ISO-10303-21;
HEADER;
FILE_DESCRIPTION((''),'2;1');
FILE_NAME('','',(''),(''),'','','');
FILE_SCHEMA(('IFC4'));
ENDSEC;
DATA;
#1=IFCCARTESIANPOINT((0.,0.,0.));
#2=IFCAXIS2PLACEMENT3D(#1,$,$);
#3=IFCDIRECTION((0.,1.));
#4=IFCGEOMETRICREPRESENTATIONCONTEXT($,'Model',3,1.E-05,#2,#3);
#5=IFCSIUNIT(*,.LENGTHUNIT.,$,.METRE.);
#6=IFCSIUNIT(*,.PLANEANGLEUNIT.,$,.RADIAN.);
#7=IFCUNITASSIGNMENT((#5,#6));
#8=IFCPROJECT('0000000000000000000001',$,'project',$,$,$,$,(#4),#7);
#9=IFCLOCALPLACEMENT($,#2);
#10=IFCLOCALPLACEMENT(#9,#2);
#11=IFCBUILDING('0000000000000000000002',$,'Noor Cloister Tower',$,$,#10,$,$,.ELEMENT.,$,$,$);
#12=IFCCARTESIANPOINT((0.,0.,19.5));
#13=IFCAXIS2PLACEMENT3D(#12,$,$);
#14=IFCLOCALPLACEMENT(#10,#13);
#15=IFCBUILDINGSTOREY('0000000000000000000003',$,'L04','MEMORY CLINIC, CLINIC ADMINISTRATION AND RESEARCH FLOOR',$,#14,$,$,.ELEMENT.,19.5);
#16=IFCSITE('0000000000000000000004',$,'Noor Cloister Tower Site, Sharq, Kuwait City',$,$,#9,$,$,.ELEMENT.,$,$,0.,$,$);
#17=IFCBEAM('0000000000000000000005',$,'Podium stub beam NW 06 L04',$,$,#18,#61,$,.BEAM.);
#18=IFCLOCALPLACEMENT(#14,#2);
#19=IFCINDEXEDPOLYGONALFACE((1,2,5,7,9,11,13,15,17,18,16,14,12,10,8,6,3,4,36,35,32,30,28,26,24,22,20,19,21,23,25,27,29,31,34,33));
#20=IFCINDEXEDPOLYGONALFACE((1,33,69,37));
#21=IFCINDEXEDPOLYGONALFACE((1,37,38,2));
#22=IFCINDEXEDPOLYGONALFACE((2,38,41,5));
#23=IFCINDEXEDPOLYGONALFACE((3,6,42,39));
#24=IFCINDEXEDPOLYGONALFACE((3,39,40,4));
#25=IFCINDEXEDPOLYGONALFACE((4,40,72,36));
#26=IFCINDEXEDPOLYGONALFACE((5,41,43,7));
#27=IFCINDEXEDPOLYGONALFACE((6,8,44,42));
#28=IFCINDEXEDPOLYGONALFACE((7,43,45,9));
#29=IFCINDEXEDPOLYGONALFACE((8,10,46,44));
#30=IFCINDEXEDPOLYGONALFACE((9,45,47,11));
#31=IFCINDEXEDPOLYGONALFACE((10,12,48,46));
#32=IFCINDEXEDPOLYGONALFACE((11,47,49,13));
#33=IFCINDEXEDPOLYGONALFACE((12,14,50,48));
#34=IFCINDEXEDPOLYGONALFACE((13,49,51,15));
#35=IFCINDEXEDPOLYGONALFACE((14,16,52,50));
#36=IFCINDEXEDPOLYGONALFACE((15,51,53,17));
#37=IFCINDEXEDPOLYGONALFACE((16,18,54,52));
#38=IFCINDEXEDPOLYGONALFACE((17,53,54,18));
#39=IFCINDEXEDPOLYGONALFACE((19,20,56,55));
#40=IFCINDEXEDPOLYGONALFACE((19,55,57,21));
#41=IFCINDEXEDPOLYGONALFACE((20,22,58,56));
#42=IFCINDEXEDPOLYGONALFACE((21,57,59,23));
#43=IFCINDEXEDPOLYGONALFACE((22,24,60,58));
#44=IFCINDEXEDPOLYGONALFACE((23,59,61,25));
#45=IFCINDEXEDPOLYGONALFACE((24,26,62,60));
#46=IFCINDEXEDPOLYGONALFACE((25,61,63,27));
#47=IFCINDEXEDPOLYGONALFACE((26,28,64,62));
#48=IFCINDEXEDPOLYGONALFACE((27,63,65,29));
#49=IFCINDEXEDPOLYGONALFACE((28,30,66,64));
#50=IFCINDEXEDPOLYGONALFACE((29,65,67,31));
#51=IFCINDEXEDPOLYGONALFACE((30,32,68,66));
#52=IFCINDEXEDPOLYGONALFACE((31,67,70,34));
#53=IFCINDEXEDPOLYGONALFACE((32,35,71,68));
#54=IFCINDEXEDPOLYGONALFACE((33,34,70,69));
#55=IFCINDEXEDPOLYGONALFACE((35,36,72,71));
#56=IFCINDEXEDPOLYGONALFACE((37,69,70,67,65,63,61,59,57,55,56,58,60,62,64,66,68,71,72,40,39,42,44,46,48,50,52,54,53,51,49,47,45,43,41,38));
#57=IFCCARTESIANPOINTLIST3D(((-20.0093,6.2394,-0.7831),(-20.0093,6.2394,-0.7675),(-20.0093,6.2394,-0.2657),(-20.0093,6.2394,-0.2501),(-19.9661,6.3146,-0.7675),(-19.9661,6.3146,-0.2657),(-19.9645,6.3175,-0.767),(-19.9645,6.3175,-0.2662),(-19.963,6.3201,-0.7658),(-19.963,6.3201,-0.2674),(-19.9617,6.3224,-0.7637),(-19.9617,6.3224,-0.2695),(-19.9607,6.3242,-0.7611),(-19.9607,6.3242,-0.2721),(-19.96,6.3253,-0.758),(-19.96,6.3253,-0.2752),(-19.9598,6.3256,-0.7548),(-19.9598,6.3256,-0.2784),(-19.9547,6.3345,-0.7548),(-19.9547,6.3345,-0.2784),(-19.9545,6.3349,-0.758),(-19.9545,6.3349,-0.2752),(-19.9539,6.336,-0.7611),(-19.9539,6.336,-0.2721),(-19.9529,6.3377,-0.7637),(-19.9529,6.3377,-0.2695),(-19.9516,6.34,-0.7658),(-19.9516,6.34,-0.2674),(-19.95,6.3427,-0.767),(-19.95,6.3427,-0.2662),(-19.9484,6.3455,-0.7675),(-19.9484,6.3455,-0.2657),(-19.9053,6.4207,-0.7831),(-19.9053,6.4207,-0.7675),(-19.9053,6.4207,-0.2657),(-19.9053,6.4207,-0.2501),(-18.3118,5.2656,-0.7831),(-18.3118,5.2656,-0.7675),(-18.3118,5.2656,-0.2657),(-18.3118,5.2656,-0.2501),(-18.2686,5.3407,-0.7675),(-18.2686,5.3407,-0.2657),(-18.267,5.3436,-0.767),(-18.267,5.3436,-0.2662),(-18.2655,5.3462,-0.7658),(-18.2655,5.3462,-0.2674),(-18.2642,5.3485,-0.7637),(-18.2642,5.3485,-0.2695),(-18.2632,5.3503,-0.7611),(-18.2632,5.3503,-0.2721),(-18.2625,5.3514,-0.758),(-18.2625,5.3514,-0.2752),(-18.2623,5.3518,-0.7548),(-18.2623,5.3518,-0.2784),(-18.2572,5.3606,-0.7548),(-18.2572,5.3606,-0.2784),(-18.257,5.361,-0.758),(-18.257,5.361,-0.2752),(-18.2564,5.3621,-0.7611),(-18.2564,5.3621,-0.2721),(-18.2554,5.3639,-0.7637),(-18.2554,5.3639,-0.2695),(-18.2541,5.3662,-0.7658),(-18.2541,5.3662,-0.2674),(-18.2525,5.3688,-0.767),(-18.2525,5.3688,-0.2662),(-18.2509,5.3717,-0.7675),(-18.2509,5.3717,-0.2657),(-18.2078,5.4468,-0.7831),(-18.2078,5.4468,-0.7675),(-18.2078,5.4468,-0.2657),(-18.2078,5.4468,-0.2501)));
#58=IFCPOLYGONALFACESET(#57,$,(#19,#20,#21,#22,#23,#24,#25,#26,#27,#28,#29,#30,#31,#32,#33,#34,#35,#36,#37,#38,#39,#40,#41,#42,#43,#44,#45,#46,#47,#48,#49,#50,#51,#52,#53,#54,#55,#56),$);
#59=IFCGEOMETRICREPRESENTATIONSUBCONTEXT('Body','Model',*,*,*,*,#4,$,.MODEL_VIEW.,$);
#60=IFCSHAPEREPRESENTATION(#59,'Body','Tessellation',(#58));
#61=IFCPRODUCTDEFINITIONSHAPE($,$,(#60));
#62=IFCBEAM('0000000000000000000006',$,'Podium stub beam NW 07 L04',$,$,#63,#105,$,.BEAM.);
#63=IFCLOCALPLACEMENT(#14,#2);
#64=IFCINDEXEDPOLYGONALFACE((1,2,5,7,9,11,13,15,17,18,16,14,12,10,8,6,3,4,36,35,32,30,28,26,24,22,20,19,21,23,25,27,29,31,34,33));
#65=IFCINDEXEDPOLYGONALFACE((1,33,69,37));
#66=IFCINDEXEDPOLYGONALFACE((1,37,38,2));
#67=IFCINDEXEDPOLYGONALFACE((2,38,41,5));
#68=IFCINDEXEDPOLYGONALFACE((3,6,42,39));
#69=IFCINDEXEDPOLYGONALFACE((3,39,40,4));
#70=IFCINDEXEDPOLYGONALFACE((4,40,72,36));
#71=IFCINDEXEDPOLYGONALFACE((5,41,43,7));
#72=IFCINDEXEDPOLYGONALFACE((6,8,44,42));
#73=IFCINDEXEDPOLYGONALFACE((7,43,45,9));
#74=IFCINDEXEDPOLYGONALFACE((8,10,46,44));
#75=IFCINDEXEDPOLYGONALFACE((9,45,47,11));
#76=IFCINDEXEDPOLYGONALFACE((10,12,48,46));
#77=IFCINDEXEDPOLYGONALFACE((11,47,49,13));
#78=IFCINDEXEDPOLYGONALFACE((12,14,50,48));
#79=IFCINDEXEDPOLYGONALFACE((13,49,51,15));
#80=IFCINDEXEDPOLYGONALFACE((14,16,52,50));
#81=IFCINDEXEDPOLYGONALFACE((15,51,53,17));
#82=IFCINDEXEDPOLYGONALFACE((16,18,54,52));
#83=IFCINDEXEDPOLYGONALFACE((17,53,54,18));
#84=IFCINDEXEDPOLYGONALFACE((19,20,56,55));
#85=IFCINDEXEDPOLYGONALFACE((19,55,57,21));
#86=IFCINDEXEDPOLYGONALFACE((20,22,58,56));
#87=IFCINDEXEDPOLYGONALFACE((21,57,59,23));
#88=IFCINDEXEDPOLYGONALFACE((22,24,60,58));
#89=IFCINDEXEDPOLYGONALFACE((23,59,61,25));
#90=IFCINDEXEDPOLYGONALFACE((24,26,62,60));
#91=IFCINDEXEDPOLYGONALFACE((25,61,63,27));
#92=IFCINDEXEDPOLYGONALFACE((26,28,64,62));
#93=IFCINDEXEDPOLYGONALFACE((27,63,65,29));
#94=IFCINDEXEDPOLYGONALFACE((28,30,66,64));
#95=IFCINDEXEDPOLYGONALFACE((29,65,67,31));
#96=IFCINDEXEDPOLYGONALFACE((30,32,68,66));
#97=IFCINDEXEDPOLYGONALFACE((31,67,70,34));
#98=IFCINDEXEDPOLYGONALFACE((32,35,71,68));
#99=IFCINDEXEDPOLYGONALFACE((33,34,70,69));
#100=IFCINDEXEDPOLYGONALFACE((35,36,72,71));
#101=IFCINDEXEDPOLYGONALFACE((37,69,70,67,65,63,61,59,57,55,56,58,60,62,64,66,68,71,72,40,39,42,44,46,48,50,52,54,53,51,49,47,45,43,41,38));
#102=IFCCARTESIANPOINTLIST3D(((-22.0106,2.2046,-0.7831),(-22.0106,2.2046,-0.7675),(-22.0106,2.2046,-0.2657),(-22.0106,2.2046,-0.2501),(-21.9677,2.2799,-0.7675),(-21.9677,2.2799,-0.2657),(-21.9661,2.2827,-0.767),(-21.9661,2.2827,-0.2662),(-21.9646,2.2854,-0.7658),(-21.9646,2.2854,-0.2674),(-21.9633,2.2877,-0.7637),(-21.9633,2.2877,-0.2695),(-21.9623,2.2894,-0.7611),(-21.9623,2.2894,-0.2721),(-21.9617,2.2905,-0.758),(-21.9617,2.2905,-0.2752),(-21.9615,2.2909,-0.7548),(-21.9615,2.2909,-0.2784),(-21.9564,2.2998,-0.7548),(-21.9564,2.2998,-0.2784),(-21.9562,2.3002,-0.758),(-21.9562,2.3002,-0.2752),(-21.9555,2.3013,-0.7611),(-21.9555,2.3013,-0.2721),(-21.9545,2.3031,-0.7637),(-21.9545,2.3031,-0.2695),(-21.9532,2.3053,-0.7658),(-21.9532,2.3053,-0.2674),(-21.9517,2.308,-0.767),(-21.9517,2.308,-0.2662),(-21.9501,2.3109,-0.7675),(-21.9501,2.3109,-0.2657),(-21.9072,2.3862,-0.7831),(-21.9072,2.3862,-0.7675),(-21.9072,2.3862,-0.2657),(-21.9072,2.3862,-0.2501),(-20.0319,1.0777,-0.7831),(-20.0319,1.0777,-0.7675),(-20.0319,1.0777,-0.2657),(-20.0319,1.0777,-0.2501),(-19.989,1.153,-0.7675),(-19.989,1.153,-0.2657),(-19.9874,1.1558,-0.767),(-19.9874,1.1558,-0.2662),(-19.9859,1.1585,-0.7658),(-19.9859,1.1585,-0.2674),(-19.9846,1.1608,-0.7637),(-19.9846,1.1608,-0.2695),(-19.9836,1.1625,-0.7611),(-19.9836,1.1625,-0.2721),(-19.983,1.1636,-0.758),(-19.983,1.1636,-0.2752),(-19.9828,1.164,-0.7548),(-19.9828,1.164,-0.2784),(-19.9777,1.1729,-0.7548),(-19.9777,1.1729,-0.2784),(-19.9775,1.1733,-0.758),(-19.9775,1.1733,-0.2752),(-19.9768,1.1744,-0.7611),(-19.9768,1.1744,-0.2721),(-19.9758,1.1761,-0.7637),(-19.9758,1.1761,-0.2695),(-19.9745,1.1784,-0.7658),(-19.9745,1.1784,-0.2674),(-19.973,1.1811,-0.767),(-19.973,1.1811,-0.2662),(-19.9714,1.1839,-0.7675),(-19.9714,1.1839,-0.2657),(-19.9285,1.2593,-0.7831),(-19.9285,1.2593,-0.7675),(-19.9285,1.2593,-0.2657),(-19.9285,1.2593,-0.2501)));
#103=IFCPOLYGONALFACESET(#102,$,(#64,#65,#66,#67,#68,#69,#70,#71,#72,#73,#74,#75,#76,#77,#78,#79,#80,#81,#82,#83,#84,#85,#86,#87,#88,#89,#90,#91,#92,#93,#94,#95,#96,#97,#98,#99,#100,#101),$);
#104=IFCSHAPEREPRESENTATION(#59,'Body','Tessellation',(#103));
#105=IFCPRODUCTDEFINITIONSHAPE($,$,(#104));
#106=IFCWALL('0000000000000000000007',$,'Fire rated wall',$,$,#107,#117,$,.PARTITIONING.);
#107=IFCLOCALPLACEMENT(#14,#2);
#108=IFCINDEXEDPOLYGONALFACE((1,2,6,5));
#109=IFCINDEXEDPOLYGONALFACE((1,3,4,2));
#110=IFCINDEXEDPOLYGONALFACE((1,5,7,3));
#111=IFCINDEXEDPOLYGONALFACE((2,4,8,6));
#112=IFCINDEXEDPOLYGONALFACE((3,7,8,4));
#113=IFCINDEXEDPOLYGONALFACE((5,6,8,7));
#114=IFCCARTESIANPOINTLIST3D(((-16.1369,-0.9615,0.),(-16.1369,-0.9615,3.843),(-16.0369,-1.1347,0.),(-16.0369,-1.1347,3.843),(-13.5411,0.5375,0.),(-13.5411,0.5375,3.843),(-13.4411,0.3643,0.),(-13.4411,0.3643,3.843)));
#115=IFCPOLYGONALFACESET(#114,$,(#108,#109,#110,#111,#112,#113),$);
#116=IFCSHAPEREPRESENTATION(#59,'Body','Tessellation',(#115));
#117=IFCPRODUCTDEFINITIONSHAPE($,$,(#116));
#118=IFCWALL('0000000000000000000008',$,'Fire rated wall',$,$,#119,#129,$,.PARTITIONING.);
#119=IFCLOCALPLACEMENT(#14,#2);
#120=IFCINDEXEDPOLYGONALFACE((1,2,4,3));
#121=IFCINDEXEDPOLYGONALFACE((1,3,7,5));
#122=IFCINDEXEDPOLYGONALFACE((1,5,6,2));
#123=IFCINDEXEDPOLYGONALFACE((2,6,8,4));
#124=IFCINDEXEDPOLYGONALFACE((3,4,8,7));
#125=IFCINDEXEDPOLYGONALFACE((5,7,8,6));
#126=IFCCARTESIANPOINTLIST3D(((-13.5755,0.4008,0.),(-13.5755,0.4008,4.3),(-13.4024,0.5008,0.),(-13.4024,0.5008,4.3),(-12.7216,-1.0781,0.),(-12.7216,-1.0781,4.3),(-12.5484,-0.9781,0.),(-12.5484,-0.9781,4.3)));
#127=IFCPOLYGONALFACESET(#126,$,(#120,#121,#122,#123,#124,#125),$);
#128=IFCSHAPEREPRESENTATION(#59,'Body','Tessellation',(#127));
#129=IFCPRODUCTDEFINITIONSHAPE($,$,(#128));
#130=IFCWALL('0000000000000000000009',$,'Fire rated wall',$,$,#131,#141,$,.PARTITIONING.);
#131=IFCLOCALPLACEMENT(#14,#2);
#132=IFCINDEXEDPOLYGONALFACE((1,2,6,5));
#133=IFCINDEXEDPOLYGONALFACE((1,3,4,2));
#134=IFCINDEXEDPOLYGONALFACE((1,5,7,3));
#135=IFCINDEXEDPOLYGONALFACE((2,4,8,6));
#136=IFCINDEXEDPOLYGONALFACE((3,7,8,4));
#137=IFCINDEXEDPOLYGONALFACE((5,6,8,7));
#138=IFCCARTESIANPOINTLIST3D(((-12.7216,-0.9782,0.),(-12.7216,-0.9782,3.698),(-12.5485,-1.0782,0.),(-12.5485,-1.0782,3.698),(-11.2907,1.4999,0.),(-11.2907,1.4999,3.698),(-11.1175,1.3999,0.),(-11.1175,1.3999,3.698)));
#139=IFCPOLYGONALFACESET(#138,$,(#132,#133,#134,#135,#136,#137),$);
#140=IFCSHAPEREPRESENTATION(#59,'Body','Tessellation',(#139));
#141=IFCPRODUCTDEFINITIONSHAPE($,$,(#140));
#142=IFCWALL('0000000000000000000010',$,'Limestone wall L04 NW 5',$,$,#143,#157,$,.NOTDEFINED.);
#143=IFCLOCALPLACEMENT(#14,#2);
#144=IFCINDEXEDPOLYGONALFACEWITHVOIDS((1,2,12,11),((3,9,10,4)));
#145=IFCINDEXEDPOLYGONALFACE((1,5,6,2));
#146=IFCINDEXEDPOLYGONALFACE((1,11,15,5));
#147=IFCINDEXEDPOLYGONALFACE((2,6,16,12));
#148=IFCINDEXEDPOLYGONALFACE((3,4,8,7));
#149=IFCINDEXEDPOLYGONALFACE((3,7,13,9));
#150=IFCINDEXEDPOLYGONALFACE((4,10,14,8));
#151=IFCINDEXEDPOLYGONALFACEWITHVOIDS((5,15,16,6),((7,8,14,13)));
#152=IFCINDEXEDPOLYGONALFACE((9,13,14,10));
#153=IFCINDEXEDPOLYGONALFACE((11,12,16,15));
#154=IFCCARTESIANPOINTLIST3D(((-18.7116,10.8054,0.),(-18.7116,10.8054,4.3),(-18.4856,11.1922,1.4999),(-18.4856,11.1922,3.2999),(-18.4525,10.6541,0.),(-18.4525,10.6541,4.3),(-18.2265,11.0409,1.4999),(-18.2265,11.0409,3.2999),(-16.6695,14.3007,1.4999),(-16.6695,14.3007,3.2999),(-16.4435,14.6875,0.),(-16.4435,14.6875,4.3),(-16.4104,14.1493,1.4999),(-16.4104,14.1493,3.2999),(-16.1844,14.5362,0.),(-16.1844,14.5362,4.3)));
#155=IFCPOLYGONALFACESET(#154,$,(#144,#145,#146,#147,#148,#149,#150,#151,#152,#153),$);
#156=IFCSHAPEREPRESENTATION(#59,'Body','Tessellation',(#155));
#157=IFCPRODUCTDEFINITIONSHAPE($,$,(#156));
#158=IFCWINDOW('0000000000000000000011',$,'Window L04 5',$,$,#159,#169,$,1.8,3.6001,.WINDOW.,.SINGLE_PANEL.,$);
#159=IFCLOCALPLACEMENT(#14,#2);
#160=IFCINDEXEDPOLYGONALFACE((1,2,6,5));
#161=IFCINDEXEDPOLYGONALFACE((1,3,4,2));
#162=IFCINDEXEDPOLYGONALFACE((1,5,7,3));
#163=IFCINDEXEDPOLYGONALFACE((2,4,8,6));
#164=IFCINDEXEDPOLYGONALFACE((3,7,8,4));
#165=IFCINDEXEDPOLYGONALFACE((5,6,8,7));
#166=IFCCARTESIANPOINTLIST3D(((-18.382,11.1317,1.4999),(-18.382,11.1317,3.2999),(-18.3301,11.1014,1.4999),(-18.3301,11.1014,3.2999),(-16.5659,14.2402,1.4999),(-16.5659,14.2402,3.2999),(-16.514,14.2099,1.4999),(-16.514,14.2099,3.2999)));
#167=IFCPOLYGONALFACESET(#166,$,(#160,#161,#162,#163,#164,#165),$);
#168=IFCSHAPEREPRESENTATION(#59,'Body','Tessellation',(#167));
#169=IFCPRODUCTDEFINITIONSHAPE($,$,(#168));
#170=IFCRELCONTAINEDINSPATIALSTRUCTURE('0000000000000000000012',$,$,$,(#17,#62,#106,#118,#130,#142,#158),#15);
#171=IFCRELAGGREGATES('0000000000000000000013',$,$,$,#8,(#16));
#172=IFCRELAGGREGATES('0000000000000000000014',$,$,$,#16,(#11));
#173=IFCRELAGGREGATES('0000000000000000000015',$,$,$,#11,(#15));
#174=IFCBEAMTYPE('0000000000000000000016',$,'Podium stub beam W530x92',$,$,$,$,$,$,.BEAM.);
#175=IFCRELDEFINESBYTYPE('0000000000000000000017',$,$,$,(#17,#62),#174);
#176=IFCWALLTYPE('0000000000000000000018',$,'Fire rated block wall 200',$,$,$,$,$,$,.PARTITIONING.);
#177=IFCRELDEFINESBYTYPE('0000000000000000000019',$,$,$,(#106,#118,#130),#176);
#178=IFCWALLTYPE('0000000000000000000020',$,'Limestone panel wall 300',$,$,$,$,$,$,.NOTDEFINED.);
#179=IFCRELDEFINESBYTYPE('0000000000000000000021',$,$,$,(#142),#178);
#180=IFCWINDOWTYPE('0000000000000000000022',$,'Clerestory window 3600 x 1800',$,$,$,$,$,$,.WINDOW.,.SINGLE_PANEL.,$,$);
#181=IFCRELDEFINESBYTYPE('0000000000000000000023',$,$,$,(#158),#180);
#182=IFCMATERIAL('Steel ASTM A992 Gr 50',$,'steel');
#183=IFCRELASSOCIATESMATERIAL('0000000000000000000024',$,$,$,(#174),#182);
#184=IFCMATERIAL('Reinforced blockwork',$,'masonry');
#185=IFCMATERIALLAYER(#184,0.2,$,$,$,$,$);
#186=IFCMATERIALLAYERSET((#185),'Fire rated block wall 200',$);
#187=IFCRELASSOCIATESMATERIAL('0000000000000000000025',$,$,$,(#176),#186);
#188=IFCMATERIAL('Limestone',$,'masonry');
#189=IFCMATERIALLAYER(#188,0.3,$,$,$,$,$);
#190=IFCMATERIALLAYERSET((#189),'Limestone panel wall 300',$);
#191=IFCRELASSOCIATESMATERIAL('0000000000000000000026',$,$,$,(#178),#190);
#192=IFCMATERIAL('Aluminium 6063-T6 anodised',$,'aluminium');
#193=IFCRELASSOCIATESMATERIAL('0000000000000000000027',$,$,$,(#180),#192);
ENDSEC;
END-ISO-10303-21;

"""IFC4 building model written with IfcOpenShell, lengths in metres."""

from ifc_helpers import new_model, si_unit, direction, frame, frame_2d, origin, origin_2d, place, context, subcontext, project, spatial, rectangle, i_section, extrude, material, layer, layer_set, material_profile, profile_set, type_object, element, fill, save


model = new_model("IFC4")

# Units and contexts
model_context = context("Model", 3, precision=1e-05, world=origin(), true_north=direction((0.0, 1.0)))
body_context = subcontext(model_context, "Body", "Model", "MODEL_VIEW")
ifc_project = project(units=[si_unit("LENGTHUNIT", "METRE"), si_unit("PLANEANGLEUNIT", "RADIAN")], contexts=[model_context])

# Site, building, storey
site_placement = place(None, origin())
site = spatial("IfcSite", under=ifc_project, at=site_placement, Name="Noor Cloister Tower Site, Sharq, Kuwait City", CompositionType="ELEMENT", RefElevation=0.0)
building_placement = place(site_placement, origin())
building = spatial("IfcBuilding", under=site, at=building_placement, Name="Noor Cloister Tower", CompositionType="ELEMENT")
storey_placement = place(building_placement, frame((0.0, 0.0, 19.5)))
storey = spatial("IfcBuildingStorey", under=building, at=storey_placement, Name="L04", Description="MEMORY CLINIC, CLINIC ADMINISTRATION AND RESEARCH FLOOR", CompositionType="ELEMENT", Elevation=19.5)

# Beams
ifc_material_1 = material(Name="Steel ASTM A992 Gr 50", Category="steel")
ifc_material_profile_1 = material_profile(ifc_material_1, i_section(OverallWidth=0.209, OverallDepth=0.533, WebThickness=0.0103, FlangeThickness=0.0156, FilletRadius=0.0127, at=origin_2d()), Name="W530x92")
ifc_profile_set_1 = profile_set([ifc_material_profile_1], Name="Steel ASTM A992 Gr 50")
beam_type_1 = type_object("IfcBeamType", Name="Podium stub beam W530x92", PredefinedType="BEAM", material=ifc_profile_set_1)
beam_1_placement = place(storey_placement, frame((-18.2598, 5.3562, -0.5166), z_axis=(-0.86739, 0.497629, 0.0), x_axis=(-0.497629, -0.86739, 0.0)))
element("IfcBeam", 1, at=beam_1_placement, inside=storey, type_object=beam_type_1, Name="Podium stub beam NW 06 L04", PredefinedType="BEAM", context=body_context, shape_type="SweptSolid", body=[
    extrude(i_section(OverallWidth=0.209, OverallDepth=0.533, WebThickness=0.0103, FlangeThickness=0.0156, FilletRadius=0.0127, at=origin_2d()), origin(), (0.0, 0.0, 1.0), 1.957),
])
beam_2_placement = place(storey_placement, frame((-19.9802, 1.1685, -0.5166), z_axis=(-0.868955, 0.494891, 0.0), x_axis=(-0.494891, -0.868955, 0.0)))
element("IfcBeam", 2, at=beam_2_placement, inside=storey, type_object=beam_type_1, Name="Podium stub beam NW 07 L04", PredefinedType="BEAM", context=body_context, shape_type="SweptSolid", body=[
    extrude(i_section(OverallWidth=0.209, OverallDepth=0.533, WebThickness=0.0103, FlangeThickness=0.0156, FilletRadius=0.0127, at=origin_2d()), origin(), (0.0, 0.0, 1.0), 2.2771),
])

# Walls
ifc_material_2 = material(Name="Reinforced blockwork", Category="masonry")
ifc_layer_1 = layer(ifc_material_2, 0.2)
ifc_layer_set_1 = layer_set([ifc_layer_1], Name="Fire rated block wall 200")
wall_type_1 = type_object("IfcWallType", Name="Fire rated block wall 200", PredefinedType="PARTITIONING", material=ifc_layer_set_1)
wall_1_placement = place(storey_placement, frame((-16.0869, -1.0481, 0.0), z_axis=(0.0, 0.0, 1.0), x_axis=(0.865989, 0.500063, 0.0)))
element("IfcWall", 3, at=wall_1_placement, inside=storey, type_object=wall_type_1, Name="Fire rated wall", PredefinedType="PARTITIONING", context=body_context, shape_type="SweptSolid", body=[
    extrude(rectangle(XDim=2.9976, YDim=0.2, at=frame_2d((1.4988, 0.0))), origin(), (0.0, 0.0, 1.0), 3.843),
])
wall_2_placement = place(storey_placement, frame((-13.489, 0.4509, 0.0), z_axis=(0.0, 0.0, 1.0), x_axis=(0.500044, -0.866, 0.0)))
element("IfcWall", 4, at=wall_2_placement, inside=storey, type_object=wall_type_1, Name="Fire rated wall", PredefinedType="PARTITIONING", context=body_context, shape_type="SweptSolid", body=[
    extrude(rectangle(XDim=1.7078, YDim=0.2, at=frame_2d((0.854, 0.0))), origin(), (0.0, 0.0, 1.0), 4.3),
])
wall_3_placement = place(storey_placement, frame((-12.635, -1.0281, 0.0), z_axis=(0.0, 0.0, 1.0), x_axis=(0.500057, 0.865992, 0.0)))
element("IfcWall", 5, at=wall_3_placement, inside=storey, type_object=wall_type_1, Name="Fire rated wall", PredefinedType="PARTITIONING", context=body_context, shape_type="SweptSolid", body=[
    extrude(rectangle(XDim=2.8616, YDim=0.2, at=frame_2d((1.4307, 0.0))), origin(), (0.0, 0.0, 1.0), 3.698),
])

# Wall, opening, window
ifc_material_3 = material(Name="Limestone", Category="masonry")
ifc_layer_2 = layer(ifc_material_3, 0.3)
ifc_layer_set_2 = layer_set([ifc_layer_2], Name="Limestone panel wall 300")
wall_type_2 = type_object("IfcWallType", Name="Limestone panel wall 300", PredefinedType="NOTDEFINED", material=ifc_layer_set_2)
wall_4_placement = place(storey_placement, frame((-18.582, 10.7297, 0.0), z_axis=(0.0, 0.0, 1.0), x_axis=(0.504455, 0.863438, 0.0)))
wall_4 = element("IfcWall", 6, at=wall_4_placement, inside=storey, type_object=wall_type_2, Name="Limestone wall L04 NW 5", PredefinedType="NOTDEFINED", context=body_context, shape_type="SweptSolid", body=[
    extrude(rectangle(XDim=4.4961, YDim=0.3, at=frame_2d((2.248, 0.0))), origin(), (0.0, 0.0, 1.0), 4.3),
])
opening_1_placement = place(wall_4_placement, frame((0.448, 0.0, 1.5)))
opening_1 = element("IfcOpeningElement", 7, at=opening_1_placement, cuts=wall_4, PredefinedType="OPENING", context=body_context, shape_type="SweptSolid", body=[
    extrude(rectangle(XDim=3.6001, YDim=1.8, at=frame_2d((1.8, 0.8999))), frame((0.0, 0.1602, 0.0), z_axis=(0.0, -1.0, 0.0), x_axis=(1.0, 0.0, 0.0)), (0.0, 0.0, 1.0), 0.3201),
])
ifc_material_4 = material(Name="Aluminium 6063-T6 anodised", Category="aluminium")
window_type = type_object("IfcWindowType", Name="Clerestory window 3600 x 1800", PartitioningType="SINGLE_PANEL", PredefinedType="WINDOW", material=ifc_material_4)
window_1_placement = place(opening_1_placement, origin())
window_1 = element("IfcWindow", 8, at=window_1_placement, inside=storey, type_object=window_type, Name="Window L04 5", OverallHeight=1.8, OverallWidth=3.6001, PartitioningType="SINGLE_PANEL", PredefinedType="WINDOW", context=body_context, shape_type="SweptSolid", body=[
    extrude(rectangle(XDim=3.6001, YDim=1.8, at=frame_2d((1.8, 0.8999))), frame((0.0, 0.03, 0.0), z_axis=(0.0, -1.0, 0.0), x_axis=(1.0, 0.0, 0.0)), (0.0, 0.0, 1.0), 0.0601),
])
fill(opening_1, window_1)

save(model, "model.ifc")
